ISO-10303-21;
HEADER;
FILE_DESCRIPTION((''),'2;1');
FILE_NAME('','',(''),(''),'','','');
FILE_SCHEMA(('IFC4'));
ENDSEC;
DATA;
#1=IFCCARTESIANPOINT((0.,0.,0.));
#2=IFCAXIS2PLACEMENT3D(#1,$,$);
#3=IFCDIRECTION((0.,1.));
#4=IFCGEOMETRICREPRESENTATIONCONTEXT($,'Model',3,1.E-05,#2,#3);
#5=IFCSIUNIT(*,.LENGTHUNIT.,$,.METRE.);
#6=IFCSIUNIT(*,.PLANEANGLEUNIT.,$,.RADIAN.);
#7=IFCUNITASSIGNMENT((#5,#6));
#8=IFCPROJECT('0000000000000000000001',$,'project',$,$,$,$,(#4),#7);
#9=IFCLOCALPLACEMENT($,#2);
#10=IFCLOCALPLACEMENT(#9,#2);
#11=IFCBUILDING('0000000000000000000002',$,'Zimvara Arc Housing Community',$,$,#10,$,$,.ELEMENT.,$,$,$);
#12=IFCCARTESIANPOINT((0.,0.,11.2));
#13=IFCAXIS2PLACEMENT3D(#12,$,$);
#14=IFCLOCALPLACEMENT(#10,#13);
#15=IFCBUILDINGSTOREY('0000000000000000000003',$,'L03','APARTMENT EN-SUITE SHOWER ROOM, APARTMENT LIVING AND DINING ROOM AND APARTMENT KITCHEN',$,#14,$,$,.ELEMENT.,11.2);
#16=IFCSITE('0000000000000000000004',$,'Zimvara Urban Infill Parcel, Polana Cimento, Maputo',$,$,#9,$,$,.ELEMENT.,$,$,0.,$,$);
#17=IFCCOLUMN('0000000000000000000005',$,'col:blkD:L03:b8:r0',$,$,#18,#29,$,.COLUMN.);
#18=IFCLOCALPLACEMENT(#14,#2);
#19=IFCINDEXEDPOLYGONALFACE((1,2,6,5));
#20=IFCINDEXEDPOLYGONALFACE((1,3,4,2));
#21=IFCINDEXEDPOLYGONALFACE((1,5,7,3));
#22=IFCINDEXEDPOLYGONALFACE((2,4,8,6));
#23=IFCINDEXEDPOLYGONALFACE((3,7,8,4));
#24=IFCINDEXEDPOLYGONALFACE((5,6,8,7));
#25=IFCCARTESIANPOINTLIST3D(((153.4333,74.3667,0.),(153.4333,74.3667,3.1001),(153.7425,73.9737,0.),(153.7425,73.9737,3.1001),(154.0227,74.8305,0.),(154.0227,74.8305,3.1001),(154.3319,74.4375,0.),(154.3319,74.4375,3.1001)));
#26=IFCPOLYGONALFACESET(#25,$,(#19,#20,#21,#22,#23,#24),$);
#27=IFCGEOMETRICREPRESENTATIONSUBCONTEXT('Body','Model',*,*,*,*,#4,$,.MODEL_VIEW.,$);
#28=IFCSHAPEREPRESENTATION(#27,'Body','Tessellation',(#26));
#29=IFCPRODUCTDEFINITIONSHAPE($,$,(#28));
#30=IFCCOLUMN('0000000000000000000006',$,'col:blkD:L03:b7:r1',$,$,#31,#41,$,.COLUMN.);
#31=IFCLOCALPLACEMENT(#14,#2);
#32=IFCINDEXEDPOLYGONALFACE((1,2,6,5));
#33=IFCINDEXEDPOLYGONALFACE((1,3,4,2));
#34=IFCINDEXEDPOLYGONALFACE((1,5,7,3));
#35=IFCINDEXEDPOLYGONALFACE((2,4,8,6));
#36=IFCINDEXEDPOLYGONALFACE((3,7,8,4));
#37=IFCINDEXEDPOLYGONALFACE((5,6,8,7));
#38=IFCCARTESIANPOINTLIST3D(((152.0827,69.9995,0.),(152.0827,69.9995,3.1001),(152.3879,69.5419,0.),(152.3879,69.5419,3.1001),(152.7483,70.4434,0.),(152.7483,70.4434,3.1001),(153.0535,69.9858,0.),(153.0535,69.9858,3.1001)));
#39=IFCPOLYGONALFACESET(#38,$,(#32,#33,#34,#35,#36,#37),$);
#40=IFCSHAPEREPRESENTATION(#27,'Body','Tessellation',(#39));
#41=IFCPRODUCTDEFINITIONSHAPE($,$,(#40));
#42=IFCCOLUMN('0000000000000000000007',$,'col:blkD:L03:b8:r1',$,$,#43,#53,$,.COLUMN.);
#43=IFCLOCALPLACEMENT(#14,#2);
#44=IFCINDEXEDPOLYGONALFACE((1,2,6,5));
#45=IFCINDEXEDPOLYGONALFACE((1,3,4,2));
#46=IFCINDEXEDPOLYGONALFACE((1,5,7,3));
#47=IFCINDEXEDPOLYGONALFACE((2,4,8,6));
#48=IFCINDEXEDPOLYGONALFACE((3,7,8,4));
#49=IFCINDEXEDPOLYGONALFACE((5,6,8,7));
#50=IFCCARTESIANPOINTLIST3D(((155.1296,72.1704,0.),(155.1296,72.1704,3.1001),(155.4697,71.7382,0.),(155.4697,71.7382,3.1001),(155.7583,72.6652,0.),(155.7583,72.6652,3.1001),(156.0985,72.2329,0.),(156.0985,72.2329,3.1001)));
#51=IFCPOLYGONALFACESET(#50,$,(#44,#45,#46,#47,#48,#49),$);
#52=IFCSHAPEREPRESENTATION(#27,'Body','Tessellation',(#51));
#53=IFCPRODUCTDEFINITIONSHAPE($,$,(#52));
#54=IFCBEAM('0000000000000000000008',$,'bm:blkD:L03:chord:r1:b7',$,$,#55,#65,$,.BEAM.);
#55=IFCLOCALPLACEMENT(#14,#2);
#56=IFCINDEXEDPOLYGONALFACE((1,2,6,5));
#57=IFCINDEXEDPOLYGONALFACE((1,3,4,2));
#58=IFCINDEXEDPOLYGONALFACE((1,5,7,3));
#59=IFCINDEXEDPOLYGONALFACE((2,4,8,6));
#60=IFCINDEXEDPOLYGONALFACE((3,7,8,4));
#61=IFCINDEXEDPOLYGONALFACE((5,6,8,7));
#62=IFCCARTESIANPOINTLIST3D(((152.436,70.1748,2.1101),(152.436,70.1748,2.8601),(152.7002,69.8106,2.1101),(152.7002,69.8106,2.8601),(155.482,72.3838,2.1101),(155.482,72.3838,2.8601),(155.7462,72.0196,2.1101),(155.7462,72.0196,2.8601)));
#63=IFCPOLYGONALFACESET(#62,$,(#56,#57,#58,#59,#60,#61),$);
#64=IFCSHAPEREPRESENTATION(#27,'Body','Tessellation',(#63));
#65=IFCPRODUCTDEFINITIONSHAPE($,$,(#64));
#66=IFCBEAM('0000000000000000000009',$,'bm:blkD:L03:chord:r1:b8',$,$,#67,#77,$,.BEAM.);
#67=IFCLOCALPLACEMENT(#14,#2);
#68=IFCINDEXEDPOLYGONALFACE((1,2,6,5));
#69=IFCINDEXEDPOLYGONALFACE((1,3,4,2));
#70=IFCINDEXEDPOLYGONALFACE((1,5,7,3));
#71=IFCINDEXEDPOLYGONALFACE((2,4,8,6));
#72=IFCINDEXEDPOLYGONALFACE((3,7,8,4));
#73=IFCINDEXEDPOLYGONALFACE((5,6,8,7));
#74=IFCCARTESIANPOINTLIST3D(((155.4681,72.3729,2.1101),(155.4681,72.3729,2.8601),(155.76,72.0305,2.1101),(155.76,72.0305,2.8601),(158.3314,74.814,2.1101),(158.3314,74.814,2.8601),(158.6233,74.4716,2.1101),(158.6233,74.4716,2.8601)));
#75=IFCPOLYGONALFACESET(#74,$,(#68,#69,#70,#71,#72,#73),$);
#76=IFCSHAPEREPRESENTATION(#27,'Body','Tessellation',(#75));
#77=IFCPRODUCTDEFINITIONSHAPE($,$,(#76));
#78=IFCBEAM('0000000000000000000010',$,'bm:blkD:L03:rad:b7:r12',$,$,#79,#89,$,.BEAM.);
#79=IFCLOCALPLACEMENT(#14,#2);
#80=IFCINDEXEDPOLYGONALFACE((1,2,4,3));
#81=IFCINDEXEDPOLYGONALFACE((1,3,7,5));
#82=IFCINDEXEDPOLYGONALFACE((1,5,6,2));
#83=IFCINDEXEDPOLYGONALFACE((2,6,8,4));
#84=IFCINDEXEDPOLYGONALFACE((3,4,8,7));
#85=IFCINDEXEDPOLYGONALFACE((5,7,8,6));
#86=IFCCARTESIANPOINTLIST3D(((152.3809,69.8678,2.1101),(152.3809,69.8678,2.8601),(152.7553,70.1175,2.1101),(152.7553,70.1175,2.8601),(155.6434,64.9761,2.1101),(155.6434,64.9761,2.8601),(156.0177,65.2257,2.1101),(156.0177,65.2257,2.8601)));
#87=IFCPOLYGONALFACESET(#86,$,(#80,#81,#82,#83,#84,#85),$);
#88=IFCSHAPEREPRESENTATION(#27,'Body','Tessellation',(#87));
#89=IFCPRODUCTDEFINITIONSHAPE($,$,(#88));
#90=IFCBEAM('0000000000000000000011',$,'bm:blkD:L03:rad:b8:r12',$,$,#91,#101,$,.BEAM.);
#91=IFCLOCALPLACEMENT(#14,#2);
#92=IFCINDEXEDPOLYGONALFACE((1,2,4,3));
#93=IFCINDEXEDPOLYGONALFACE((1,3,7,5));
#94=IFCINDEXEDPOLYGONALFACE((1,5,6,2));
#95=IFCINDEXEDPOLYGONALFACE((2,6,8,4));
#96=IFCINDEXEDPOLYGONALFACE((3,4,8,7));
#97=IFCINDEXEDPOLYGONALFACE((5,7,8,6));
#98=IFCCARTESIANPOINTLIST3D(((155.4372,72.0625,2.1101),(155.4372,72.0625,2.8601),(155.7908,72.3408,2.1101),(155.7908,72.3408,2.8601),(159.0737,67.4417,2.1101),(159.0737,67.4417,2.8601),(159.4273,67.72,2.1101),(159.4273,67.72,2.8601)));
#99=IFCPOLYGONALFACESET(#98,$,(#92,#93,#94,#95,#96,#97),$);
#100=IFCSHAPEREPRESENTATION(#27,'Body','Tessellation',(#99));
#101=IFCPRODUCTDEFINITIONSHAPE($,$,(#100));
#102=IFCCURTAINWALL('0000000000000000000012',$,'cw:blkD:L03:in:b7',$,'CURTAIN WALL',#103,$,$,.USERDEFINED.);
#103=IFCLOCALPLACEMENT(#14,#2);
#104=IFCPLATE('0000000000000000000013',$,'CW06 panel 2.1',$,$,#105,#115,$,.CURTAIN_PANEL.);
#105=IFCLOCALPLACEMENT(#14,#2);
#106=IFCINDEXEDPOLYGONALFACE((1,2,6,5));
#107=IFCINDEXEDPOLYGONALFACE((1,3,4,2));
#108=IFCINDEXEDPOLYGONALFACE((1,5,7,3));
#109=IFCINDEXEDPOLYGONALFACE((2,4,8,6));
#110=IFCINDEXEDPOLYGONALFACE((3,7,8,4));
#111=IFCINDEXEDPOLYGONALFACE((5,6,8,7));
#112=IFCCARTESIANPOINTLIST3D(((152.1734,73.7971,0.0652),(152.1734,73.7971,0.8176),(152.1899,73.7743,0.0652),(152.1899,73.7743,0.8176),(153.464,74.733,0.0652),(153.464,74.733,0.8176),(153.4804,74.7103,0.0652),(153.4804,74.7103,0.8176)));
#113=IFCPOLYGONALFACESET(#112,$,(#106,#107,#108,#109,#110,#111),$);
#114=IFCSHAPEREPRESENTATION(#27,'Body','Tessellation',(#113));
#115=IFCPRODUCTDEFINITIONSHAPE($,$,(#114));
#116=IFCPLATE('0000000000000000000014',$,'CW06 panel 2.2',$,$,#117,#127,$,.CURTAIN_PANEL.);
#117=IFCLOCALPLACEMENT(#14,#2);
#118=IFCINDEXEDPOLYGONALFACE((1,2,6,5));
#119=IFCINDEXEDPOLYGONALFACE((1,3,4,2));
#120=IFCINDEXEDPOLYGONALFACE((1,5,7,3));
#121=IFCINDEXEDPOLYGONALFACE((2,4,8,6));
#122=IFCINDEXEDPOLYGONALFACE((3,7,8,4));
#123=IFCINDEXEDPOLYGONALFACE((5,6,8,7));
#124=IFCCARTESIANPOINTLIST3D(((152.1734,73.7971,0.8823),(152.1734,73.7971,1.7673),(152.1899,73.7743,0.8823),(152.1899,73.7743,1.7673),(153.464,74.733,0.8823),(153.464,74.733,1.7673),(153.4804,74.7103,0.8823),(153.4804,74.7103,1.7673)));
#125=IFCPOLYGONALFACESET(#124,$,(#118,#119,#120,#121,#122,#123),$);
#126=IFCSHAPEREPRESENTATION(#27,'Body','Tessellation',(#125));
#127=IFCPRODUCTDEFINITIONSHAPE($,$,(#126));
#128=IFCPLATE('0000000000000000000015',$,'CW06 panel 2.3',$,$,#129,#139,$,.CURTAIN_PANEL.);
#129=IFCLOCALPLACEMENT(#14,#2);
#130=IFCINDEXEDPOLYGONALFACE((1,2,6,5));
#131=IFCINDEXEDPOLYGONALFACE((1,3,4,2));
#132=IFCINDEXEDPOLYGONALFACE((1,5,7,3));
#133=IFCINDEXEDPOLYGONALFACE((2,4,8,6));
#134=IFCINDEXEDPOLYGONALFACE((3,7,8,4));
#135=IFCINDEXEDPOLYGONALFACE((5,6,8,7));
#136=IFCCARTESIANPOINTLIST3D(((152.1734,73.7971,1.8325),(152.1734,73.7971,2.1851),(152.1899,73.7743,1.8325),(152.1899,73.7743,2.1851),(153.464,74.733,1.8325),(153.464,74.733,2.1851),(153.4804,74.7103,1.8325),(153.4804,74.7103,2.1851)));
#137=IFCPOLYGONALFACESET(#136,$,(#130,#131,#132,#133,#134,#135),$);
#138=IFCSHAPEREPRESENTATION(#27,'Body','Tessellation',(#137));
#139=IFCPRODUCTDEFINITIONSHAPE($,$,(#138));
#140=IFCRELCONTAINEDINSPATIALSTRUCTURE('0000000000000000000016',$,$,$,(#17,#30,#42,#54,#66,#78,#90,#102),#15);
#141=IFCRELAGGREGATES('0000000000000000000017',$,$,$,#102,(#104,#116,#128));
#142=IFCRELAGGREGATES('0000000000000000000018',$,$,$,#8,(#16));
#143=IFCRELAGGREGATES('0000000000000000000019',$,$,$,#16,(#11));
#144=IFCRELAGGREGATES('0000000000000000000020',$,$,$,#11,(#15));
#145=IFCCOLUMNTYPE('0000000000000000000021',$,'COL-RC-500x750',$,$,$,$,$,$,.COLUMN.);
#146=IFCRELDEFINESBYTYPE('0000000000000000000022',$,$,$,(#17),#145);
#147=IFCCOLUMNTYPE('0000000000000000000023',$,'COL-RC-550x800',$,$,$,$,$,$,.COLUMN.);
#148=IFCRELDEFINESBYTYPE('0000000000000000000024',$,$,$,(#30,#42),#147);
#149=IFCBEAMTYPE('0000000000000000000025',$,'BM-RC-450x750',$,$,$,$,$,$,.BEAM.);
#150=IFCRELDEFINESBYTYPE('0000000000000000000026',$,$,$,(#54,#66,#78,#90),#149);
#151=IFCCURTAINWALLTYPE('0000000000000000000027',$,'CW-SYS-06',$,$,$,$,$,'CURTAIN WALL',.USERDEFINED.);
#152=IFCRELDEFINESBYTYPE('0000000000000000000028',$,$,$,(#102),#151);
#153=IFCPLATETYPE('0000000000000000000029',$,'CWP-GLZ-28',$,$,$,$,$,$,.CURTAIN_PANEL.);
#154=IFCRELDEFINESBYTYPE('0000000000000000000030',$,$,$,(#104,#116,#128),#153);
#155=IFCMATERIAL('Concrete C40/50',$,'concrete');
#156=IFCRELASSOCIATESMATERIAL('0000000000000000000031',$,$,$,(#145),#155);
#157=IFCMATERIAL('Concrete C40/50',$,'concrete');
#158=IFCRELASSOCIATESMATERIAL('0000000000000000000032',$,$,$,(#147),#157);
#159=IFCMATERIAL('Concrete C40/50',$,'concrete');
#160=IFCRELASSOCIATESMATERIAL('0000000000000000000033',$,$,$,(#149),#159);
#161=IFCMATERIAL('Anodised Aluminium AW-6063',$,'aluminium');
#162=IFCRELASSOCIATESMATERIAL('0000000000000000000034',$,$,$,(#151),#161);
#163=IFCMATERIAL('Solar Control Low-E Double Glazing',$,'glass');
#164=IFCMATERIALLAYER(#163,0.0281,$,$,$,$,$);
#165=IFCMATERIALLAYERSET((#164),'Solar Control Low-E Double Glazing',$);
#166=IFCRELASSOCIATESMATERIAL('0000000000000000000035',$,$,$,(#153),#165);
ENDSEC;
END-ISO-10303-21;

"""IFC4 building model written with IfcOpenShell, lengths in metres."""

from ifc_helpers import new_model, si_unit, direction, frame, origin, origin_2d, place, context, subcontext, project, spatial, rectangle, extrude, material, layer, layer_set, material_profile, profile_set, type_object, element, aggregate, save


model = new_model("IFC4")

# Units and contexts
model_context = context("Model", 3, precision=1e-05, world=origin(), true_north=direction((0.0, 1.0)))
body_context = subcontext(model_context, "Body", "Model", "MODEL_VIEW")
ifc_project = project(units=[si_unit("LENGTHUNIT", "METRE"), si_unit("PLANEANGLEUNIT", "RADIAN")], contexts=[model_context])

# Site, building, storey
site_placement = place(None, origin())
site = spatial("IfcSite", under=ifc_project, at=site_placement, Name="Zimvara Urban Infill Parcel, Polana Cimento, Maputo", CompositionType="ELEMENT", RefElevation=0.0)
building_placement = place(site_placement, origin())
building = spatial("IfcBuilding", under=site, at=building_placement, Name="Zimvara Arc Housing Community", CompositionType="ELEMENT")
storey_placement = place(building_placement, frame((0.0, 0.0, 11.2)))
storey = spatial("IfcBuildingStorey", under=building, at=storey_placement, Name="L03", Description="APARTMENT EN-SUITE SHOWER ROOM, APARTMENT LIVING AND DINING ROOM AND APARTMENT KITCHEN", CompositionType="ELEMENT", Elevation=11.2)

# Columns
ifc_material_1 = material(Name="Concrete C40/50", Category="concrete")
ifc_material_profile_1 = material_profile(ifc_material_1, rectangle(XDim=0.5, YDim=0.75, at=origin_2d()), Name="RC 500x750")
ifc_profile_set_1 = profile_set([ifc_material_profile_1], Name="Concrete C40/50")
column_type_1 = type_object("IfcColumnType", Name="COL-RC-500x750", PredefinedType="COLUMN", material=ifc_profile_set_1)
column_placement = place(storey_placement, frame((153.8826, 74.4021, 0.0), z_axis=(0.0, 0.0, 1.0), x_axis=(0.618408, -0.785857, 0.0)))
element("IfcColumn", 1, at=column_placement, inside=storey, type_object=column_type_1, Name="col:blkD:L03:b8:r0", PredefinedType="COLUMN", context=body_context, shape_type="SweptSolid", body=[
    extrude(rectangle(XDim=0.5, YDim=0.75, at=origin_2d()), origin(), (0.0, 0.0, 1.0), 3.1001),
])
ifc_material_2 = material(Name="Concrete C40/50", Category="concrete")
ifc_material_profile_2 = material_profile(ifc_material_2, rectangle(XDim=0.55, YDim=0.8, at=origin_2d()), Name="RC 550x800")
ifc_profile_set_2 = profile_set([ifc_material_profile_2], Name="Concrete C40/50")
column_type_2 = type_object("IfcColumnType", Name="COL-RC-550x800", PredefinedType="COLUMN", material=ifc_profile_set_2)
for number, where, z_axis, x_axis, name in (
    (2, (152.5681, 69.9927, 0.0), (0.0, 0.0, 1.0), (0.554844, -0.831954, 0.0), "col:blkD:L03:b7:r1"),
    (3, (155.614, 72.2017, 0.0), (0.0, 0.0, 1.0), (0.618408, -0.785857, 0.0), "col:blkD:L03:b8:r1"),
):
    element("IfcColumn", number, at=place(storey_placement, frame(where, z_axis=z_axis, x_axis=x_axis)), inside=storey, type_object=column_type_2, Name=name, PredefinedType="COLUMN", context=body_context, shape_type="SweptSolid", body=[
        extrude(rectangle(XDim=0.55, YDim=0.8, at=origin_2d()), origin(), (0.0, 0.0, 1.0), 3.1001),
    ])

# Beams
ifc_material_3 = material(Name="Concrete C40/50", Category="concrete")
ifc_material_profile_3 = material_profile(ifc_material_3, rectangle(XDim=0.45, YDim=0.75, at=origin_2d()), Name="RC 450x750")
ifc_profile_set_3 = profile_set([ifc_material_profile_3], Name="Concrete C40/50")
beam_type = type_object("IfcBeamType", Name="BM-RC-450x750", PredefinedType="BEAM", material=ifc_profile_set_3)
for number, where, z_axis, x_axis, name in (
    (4, (152.5681, 69.9927, 2.4851), (0.809521, 0.587091, 0.0), (-0.587091, 0.809521, 0.0), "bm:blkD:L03:chord:r1:b7"),
    (5, (155.614, 72.2017, 2.4851), (0.760972, 0.648785, 0.0), (-0.648785, 0.760972, 0.0), "bm:blkD:L03:chord:r1:b8"),
):
    element("IfcBeam", number, at=place(storey_placement, frame(where, z_axis=z_axis, x_axis=x_axis)), inside=storey, type_object=beam_type, Name=name, PredefinedType="BEAM", context=body_context, shape_type="SweptSolid", body=[
        extrude(rectangle(XDim=0.45, YDim=0.75, at=origin_2d()), origin(), (0.0, 0.0, 1.0), 3.7627),
    ])
beam_1_placement = place(storey_placement, frame((152.5681, 69.9927, 2.4851), z_axis=(0.554844, -0.831954, 0.0), x_axis=(0.831954, 0.554844, 0.0)))
element("IfcBeam", 6, at=beam_1_placement, inside=storey, type_object=beam_type, Name="bm:blkD:L03:rad:b7:r12", PredefinedType="BEAM", context=body_context, shape_type="SweptSolid", body=[
    extrude(rectangle(XDim=0.45, YDim=0.75, at=origin_2d()), origin(), (0.0, 0.0, 1.0), 5.8799),
])
beam_2_placement = place(storey_placement, frame((155.614, 72.2017, 2.4851), z_axis=(0.618432, -0.785838, 0.0), x_axis=(0.785838, 0.618432, 0.0)))
element("IfcBeam", 7, at=beam_2_placement, inside=storey, type_object=beam_type, Name="bm:blkD:L03:rad:b8:r12", PredefinedType="BEAM", context=body_context, shape_type="SweptSolid", body=[
    extrude(rectangle(XDim=0.45, YDim=0.75, at=origin_2d()), origin(), (0.0, 0.0, 1.0), 5.8801),
])

# Curtain wall, plates
ifc_material_4 = material(Name="Anodised Aluminium AW-6063", Category="aluminium")
curtain_wall_type = type_object("IfcCurtainWallType", Name="CW-SYS-06", ElementType="CURTAIN WALL", PredefinedType="USERDEFINED", material=ifc_material_4)
curtain_wall_placement = place(storey_placement, origin())
curtain_wall = element("IfcCurtainWall", 8, at=curtain_wall_placement, inside=storey, type_object=curtain_wall_type, Name="cw:blkD:L03:in:b7", ObjectType="CURTAIN WALL", PredefinedType="USERDEFINED")
ifc_material_5 = material(Name="Solar Control Low-E Double Glazing", Category="glass")
ifc_layer_1 = layer(ifc_material_5, 0.0281)
ifc_layer_set_1 = layer_set([ifc_layer_1], Name="Solar Control Low-E Double Glazing")
plate_type = type_object("IfcPlateType", Name="CWP-GLZ-28", PredefinedType="CURTAIN_PANEL", material=ifc_layer_set_1)
plate_1_placement = place(storey_placement, frame((152.8269, 74.2537, 0.0652), z_axis=(0.0, 0.0, 1.0), x_axis=(0.809529, 0.587079, 0.0)))
plate_1 = element("IfcPlate", 9, at=plate_1_placement, type_object=plate_type, Name="CW06 panel 2.1", PredefinedType="CURTAIN_PANEL", context=body_context, shape_type="SweptSolid", body=[
    extrude(rectangle(XDim=1.5942, YDim=0.0281, at=origin_2d()), origin(), (0.0, 0.0, 1.0), 0.7524),
])
plate_2_placement = place(storey_placement, frame((152.8269, 74.2537, 0.8823), z_axis=(0.0, 0.0, 1.0), x_axis=(0.809529, 0.587079, 0.0)))
plate_2 = element("IfcPlate", 10, at=plate_2_placement, type_object=plate_type, Name="CW06 panel 2.2", PredefinedType="CURTAIN_PANEL", context=body_context, shape_type="SweptSolid", body=[
    extrude(rectangle(XDim=1.5942, YDim=0.0281, at=origin_2d()), origin(), (0.0, 0.0, 1.0), 0.885),
])
plate_3_placement = place(storey_placement, frame((152.8269, 74.2537, 1.8325), z_axis=(0.0, 0.0, 1.0), x_axis=(0.809529, 0.587079, 0.0)))
plate_3 = element("IfcPlate", 11, at=plate_3_placement, type_object=plate_type, Name="CW06 panel 2.3", PredefinedType="CURTAIN_PANEL", context=body_context, shape_type="SweptSolid", body=[
    extrude(rectangle(XDim=1.5942, YDim=0.0281, at=origin_2d()), origin(), (0.0, 0.0, 1.0), 0.3525),
])
aggregate(curtain_wall, [plate_1, plate_2, plate_3])

save(model, "model.ifc")
